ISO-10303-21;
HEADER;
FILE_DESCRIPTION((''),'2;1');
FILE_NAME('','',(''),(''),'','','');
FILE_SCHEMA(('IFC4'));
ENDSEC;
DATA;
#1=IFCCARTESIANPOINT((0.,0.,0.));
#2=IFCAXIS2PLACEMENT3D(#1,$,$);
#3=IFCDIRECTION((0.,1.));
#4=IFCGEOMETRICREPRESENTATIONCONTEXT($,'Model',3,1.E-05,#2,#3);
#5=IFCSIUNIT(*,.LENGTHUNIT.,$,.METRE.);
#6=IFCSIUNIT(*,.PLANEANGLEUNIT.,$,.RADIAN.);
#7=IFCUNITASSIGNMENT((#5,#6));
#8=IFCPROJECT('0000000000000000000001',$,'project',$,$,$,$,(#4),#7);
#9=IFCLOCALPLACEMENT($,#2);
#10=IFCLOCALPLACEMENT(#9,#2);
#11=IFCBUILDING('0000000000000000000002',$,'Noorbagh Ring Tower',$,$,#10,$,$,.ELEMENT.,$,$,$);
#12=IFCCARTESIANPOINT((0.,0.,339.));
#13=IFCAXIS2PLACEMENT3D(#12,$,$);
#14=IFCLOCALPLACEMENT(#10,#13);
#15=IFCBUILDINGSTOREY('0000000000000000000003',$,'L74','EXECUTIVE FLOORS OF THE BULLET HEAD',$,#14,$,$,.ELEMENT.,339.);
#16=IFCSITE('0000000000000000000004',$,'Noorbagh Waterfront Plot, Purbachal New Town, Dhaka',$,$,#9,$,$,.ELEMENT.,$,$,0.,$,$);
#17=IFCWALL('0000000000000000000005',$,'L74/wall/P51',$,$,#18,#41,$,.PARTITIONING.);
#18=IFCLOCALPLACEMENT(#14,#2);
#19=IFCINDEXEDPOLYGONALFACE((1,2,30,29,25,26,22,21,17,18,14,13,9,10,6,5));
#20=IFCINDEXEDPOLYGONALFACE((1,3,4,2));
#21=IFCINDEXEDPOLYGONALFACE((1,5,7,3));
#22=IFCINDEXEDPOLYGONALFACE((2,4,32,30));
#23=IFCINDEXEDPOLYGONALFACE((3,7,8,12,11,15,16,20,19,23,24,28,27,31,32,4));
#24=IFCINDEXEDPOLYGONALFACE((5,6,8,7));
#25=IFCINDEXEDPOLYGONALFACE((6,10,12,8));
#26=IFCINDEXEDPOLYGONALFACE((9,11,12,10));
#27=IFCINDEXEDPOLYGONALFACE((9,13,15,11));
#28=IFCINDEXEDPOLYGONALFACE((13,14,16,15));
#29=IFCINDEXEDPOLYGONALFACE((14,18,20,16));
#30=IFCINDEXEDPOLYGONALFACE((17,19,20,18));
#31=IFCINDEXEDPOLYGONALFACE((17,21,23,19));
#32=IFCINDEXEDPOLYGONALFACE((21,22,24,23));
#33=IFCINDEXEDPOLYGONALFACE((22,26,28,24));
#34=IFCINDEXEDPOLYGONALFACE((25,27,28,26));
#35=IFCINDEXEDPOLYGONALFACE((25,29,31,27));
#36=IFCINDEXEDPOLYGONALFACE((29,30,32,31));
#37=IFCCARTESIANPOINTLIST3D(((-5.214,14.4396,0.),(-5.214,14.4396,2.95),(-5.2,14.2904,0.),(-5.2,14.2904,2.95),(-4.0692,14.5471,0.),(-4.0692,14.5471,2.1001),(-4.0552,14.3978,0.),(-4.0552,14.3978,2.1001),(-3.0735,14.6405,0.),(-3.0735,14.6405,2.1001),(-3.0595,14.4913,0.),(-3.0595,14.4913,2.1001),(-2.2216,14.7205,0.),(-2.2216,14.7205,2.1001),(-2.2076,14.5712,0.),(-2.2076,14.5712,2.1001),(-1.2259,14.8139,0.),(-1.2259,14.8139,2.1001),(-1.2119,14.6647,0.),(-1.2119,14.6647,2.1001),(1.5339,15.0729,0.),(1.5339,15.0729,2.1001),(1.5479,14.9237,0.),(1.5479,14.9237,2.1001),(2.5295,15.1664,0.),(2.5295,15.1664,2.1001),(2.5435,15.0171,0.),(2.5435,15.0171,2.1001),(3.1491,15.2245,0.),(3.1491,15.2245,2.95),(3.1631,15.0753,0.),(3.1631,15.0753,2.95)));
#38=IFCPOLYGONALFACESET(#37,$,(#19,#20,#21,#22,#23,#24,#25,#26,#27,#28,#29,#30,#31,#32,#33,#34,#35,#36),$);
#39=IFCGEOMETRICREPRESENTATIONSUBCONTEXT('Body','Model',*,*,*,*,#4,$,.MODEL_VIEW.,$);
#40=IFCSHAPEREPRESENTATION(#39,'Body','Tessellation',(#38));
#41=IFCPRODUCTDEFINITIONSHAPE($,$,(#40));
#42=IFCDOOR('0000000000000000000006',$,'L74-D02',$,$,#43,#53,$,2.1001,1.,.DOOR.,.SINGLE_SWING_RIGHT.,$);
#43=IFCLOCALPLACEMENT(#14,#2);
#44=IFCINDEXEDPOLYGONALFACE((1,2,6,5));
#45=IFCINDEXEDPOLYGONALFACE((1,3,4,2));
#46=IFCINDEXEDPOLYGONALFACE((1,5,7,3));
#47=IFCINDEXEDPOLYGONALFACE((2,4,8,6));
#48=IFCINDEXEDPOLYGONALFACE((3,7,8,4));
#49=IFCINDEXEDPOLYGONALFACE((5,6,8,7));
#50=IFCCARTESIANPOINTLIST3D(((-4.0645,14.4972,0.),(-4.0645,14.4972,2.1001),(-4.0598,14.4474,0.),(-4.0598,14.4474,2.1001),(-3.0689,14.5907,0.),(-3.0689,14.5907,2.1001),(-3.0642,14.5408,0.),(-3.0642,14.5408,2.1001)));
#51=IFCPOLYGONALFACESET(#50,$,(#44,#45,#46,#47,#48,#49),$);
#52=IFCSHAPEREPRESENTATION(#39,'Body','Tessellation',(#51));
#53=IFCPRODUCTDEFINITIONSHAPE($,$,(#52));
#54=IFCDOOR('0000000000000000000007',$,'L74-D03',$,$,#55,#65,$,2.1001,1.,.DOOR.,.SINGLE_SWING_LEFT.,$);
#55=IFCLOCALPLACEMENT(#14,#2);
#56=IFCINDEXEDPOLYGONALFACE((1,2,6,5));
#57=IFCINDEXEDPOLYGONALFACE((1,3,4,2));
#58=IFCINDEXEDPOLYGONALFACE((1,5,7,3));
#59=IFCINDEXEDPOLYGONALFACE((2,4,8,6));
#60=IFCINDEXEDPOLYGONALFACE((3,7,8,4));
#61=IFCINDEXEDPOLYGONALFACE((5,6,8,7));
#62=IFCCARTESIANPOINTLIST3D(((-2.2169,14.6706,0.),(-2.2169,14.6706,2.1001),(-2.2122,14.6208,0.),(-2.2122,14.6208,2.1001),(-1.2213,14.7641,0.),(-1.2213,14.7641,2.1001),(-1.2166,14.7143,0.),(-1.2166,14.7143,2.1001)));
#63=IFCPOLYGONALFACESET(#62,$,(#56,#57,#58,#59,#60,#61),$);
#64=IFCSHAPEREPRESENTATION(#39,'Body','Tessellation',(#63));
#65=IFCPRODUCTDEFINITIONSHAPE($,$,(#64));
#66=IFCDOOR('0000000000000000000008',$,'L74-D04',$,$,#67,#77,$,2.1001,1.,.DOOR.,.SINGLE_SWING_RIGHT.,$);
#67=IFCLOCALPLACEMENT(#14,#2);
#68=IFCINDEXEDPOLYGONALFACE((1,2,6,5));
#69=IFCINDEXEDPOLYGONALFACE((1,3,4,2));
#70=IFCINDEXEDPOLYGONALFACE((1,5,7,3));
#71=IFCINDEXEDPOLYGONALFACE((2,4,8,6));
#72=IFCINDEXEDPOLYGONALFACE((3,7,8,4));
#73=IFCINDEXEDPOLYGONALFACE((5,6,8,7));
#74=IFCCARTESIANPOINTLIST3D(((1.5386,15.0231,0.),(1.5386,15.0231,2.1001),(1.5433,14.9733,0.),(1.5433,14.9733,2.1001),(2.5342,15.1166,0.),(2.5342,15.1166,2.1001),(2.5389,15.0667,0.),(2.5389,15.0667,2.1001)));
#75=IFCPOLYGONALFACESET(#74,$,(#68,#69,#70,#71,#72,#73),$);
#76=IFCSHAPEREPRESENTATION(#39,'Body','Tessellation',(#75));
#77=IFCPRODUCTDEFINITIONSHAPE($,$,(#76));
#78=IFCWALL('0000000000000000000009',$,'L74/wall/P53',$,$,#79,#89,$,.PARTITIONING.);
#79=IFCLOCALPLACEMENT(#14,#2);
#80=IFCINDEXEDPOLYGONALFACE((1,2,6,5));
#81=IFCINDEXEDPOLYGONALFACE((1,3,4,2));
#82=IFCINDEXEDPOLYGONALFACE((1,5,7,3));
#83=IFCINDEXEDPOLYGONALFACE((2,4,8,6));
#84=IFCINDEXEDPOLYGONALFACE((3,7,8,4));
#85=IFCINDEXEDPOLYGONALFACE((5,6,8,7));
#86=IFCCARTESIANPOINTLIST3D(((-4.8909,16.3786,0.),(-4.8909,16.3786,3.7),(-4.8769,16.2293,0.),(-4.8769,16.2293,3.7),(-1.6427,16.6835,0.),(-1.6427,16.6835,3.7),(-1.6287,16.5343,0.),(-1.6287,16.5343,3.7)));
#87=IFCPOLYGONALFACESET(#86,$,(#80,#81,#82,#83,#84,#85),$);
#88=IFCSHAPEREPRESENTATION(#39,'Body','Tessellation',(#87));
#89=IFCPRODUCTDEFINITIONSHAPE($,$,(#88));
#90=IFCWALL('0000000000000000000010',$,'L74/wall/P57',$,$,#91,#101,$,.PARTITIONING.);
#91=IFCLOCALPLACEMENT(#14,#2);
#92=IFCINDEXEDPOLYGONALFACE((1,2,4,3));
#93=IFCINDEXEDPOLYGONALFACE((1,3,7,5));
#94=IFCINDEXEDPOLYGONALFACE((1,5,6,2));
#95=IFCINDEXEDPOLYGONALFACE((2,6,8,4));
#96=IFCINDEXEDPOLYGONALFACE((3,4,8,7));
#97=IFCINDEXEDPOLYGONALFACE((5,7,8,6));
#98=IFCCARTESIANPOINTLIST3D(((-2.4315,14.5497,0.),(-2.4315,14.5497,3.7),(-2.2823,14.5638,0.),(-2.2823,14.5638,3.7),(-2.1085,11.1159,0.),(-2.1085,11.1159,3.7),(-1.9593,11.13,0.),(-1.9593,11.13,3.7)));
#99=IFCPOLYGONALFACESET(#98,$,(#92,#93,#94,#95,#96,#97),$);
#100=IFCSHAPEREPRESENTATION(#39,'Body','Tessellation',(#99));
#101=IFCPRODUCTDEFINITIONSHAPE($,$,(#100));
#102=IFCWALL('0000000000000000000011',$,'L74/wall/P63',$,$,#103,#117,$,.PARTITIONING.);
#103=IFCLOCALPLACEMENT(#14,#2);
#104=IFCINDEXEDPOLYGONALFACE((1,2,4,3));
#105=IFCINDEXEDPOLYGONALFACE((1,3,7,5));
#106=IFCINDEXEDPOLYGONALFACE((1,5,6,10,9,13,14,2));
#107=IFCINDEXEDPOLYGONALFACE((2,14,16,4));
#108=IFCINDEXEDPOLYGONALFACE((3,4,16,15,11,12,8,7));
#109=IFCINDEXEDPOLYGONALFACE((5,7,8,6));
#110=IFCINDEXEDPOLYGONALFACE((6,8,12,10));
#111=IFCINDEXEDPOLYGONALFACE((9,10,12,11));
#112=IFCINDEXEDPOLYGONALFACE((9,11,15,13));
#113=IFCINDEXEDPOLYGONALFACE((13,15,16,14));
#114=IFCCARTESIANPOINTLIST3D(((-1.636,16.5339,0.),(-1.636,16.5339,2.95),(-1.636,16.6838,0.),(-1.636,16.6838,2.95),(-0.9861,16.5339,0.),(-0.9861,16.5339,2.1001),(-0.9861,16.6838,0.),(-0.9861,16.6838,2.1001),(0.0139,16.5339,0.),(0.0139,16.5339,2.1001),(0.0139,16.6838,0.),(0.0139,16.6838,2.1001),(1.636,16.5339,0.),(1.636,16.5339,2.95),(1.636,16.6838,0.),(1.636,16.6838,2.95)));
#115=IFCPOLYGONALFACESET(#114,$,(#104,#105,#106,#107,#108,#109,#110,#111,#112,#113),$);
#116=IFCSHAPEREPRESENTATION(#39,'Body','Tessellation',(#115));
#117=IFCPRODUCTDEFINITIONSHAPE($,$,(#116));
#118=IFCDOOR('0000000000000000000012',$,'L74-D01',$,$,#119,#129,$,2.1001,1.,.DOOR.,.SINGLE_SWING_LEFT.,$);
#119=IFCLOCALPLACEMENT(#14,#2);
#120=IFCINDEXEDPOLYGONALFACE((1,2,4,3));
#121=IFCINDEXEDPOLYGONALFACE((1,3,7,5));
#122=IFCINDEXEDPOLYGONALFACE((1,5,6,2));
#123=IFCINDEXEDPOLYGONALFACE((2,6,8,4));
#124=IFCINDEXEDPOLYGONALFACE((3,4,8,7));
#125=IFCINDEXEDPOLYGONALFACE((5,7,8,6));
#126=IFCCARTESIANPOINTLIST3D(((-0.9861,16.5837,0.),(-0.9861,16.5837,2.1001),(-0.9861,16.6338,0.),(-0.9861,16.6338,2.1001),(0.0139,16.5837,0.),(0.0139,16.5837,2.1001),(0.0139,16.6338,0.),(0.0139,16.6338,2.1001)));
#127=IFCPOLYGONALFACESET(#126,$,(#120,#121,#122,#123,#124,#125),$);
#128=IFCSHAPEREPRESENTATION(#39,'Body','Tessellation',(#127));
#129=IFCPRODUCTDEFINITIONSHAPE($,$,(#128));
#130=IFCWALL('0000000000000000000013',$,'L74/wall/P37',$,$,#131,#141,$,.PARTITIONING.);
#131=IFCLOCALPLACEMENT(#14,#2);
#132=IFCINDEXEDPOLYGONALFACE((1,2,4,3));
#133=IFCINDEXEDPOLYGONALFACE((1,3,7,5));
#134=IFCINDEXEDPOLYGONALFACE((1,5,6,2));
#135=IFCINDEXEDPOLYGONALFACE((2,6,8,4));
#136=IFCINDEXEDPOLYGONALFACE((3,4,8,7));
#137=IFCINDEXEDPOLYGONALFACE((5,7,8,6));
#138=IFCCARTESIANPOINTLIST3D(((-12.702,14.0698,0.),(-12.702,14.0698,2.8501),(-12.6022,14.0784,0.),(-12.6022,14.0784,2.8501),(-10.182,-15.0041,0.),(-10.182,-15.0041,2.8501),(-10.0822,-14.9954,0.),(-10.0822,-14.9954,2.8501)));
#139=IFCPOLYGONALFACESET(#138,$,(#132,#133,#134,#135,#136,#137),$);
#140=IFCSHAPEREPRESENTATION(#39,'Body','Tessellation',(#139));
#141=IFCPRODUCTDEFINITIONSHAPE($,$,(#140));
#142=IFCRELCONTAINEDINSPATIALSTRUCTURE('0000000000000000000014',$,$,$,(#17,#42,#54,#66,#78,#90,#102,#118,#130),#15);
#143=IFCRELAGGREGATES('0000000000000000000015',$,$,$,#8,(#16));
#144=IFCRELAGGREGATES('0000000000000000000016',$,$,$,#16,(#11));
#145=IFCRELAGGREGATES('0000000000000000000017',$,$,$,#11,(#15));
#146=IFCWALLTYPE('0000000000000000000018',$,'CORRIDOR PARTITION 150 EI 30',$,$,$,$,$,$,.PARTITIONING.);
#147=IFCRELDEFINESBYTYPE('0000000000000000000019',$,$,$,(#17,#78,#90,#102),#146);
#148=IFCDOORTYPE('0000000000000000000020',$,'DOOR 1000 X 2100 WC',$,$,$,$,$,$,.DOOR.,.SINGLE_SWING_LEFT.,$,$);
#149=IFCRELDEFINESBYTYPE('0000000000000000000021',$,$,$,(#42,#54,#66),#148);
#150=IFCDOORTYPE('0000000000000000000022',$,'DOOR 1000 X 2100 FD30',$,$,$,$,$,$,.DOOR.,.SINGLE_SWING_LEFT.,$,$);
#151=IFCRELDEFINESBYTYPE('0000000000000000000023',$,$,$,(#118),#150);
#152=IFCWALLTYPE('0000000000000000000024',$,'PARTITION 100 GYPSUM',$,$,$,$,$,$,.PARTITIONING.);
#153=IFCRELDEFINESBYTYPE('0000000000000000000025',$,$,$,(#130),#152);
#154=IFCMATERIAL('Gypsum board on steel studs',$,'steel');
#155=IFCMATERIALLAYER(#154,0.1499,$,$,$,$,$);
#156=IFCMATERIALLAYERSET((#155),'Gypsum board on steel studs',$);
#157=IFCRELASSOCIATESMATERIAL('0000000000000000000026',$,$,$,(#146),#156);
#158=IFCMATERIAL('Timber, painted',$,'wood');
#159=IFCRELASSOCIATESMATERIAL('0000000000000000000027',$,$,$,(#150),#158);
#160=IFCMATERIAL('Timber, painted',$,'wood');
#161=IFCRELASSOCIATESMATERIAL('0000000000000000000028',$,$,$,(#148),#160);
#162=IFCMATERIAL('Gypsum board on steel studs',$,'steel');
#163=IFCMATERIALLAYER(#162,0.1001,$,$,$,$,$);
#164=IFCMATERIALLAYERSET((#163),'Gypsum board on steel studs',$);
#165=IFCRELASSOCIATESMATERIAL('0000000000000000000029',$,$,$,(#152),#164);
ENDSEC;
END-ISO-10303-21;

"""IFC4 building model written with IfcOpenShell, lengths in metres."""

from ifc_helpers import new_model, si_unit, direction, frame, frame_2d, origin, place, context, subcontext, project, spatial, rectangle, extrude, material, layer, layer_set, type_object, element, fill, save


model = new_model("IFC4")

# Units and contexts
model_context = context("Model", 3, precision=1e-05, world=origin(), true_north=direction((0.0, 1.0)))
body_context = subcontext(model_context, "Body", "Model", "MODEL_VIEW")
ifc_project = project(units=[si_unit("LENGTHUNIT", "METRE"), si_unit("PLANEANGLEUNIT", "RADIAN")], contexts=[model_context])

# Site, building, storey
site_placement = place(None, origin())
site = spatial("IfcSite", under=ifc_project, at=site_placement, Name="Noorbagh Waterfront Plot, Purbachal New Town, Dhaka", CompositionType="ELEMENT", RefElevation=0.0)
building_placement = place(site_placement, origin())
building = spatial("IfcBuilding", under=site, at=building_placement, Name="Noorbagh Ring Tower", CompositionType="ELEMENT")
storey_placement = place(building_placement, frame((0.0, 0.0, 339.0)))
storey = spatial("IfcBuildingStorey", under=building, at=storey_placement, Name="L74", Description="EXECUTIVE FLOORS OF THE BULLET HEAD", CompositionType="ELEMENT", Elevation=339.0)

# Shared definitions
ifc_material_1 = material(Name="Gypsum board on steel studs", Category="steel")
ifc_layer_1 = layer(ifc_material_1, 0.1499)
ifc_layer_set_1 = layer_set([ifc_layer_1], Name="Gypsum board on steel studs")
wall_type_1 = type_object("IfcWallType", Name="CORRIDOR PARTITION 150 EI 30", PredefinedType="PARTITIONING", material=ifc_layer_set_1)
ifc_material_2 = material(Name="Timber, painted", Category="wood")
door_type_1 = type_object("IfcDoorType", Name="DOOR 1000 X 2100 FD30", OperationType="SINGLE_SWING_LEFT", PredefinedType="DOOR", material=ifc_material_2)

# Wall, openings, doors
wall_1_placement = place(storey_placement, frame((-5.207, 14.365, 0.0), z_axis=(0.0, 0.0, 1.0), x_axis=(0.995625, 0.093444, 0.0)))
wall_1 = element("IfcWall", 1, at=wall_1_placement, inside=storey, type_object=wall_type_1, Name="L74/wall/P51", PredefinedType="PARTITIONING", context=body_context, shape_type="SweptSolid", body=[
    extrude(rectangle(XDim=8.3999, YDim=0.1499, at=frame_2d((4.2, 0.0))), origin(), (0.0, 0.0, 1.0), 2.95),
])
opening_1_placement = place(wall_1_placement, frame((1.1499, 0.0, 0.0)))
opening_1 = element("IfcOpeningElement", 2, at=opening_1_placement, cuts=wall_1, PredefinedType="OPENING", context=body_context, shape_type="SweptSolid", body=[
    extrude(rectangle(XDim=1.0, YDim=2.1001, at=frame_2d((0.5, 1.05))), frame((0.0, 0.085, 0.0), z_axis=(0.0, -1.0, 0.0), x_axis=(1.0, 0.0, 0.0)), (0.0, 0.0, 1.0), 0.1699),
])
opening_2_placement = place(wall_1_placement, frame((3.0056, 0.0, 0.0)))
opening_2 = element("IfcOpeningElement", 3, at=opening_2_placement, cuts=wall_1, PredefinedType="OPENING", context=body_context, shape_type="SweptSolid", body=[
    extrude(rectangle(XDim=1.0, YDim=2.1001, at=frame_2d((0.5, 1.05))), frame((0.0, 0.085, 0.0), z_axis=(0.0, -1.0, 0.0), x_axis=(1.0, 0.0, 0.0)), (0.0, 0.0, 1.0), 0.1699),
])
opening_3_placement = place(wall_1_placement, frame((6.7776, 0.0, 0.0)))
opening_3 = element("IfcOpeningElement", 4, at=opening_3_placement, cuts=wall_1, PredefinedType="OPENING", context=body_context, shape_type="SweptSolid", body=[
    extrude(rectangle(XDim=1.0, YDim=2.1001, at=frame_2d((0.5, 1.05))), frame((0.0, 0.085, 0.0), z_axis=(0.0, -1.0, 0.0), x_axis=(1.0, 0.0, 0.0)), (0.0, 0.0, 1.0), 0.1699),
])
ifc_material_3 = material(Name="Timber, painted", Category="wood")
door_type_2 = type_object("IfcDoorType", Name="DOOR 1000 X 2100 WC", OperationType="SINGLE_SWING_LEFT", PredefinedType="DOOR", material=ifc_material_3)
door_1_placement = place(opening_1_placement, origin())
door_1 = element("IfcDoor", 5, at=door_1_placement, inside=storey, type_object=door_type_2, Name="L74-D02", OperationType="SINGLE_SWING_RIGHT", OverallHeight=2.1001, OverallWidth=1.0, PredefinedType="DOOR", context=body_context, shape_type="SweptSolid", body=[
    extrude(rectangle(XDim=1.0, YDim=2.1001, at=frame_2d((0.5, 1.05))), frame((0.0, 0.0249, 0.0), z_axis=(0.0, -1.0, 0.0), x_axis=(1.0, 0.0, 0.0)), (0.0, 0.0, 1.0), 0.05),
])
fill(opening_1, door_1)
door_2_placement = place(opening_2_placement, origin())
door_2 = element("IfcDoor", 6, at=door_2_placement, inside=storey, type_object=door_type_2, Name="L74-D03", OperationType="SINGLE_SWING_LEFT", OverallHeight=2.1001, OverallWidth=1.0, PredefinedType="DOOR", context=body_context, shape_type="SweptSolid", body=[
    extrude(rectangle(XDim=1.0, YDim=2.1001, at=frame_2d((0.5, 1.05))), frame((0.0, 0.0249, 0.0), z_axis=(0.0, -1.0, 0.0), x_axis=(1.0, 0.0, 0.0)), (0.0, 0.0, 1.0), 0.05),
])
fill(opening_2, door_2)
door_3_placement = place(opening_3_placement, origin())
door_3 = element("IfcDoor", 7, at=door_3_placement, inside=storey, type_object=door_type_2, Name="L74-D04", OperationType="SINGLE_SWING_RIGHT", OverallHeight=2.1001, OverallWidth=1.0, PredefinedType="DOOR", context=body_context, shape_type="SweptSolid", body=[
    extrude(rectangle(XDim=1.0, YDim=2.1001, at=frame_2d((0.5, 1.05))), frame((0.0, 0.0249, 0.0), z_axis=(0.0, -1.0, 0.0), x_axis=(1.0, 0.0, 0.0)), (0.0, 0.0, 1.0), 0.05),
])
fill(opening_3, door_3)

# Walls
wall_2_placement = place(storey_placement, frame((-4.884, 16.304, 0.0), z_axis=(0.0, 0.0, 1.0), x_axis=(0.995622, 0.093471, 0.0)))
element("IfcWall", 8, at=wall_2_placement, inside=storey, type_object=wall_type_1, Name="L74/wall/P53", PredefinedType="PARTITIONING", context=body_context, shape_type="SweptSolid", body=[
    extrude(rectangle(XDim=3.2625, YDim=0.1499, at=frame_2d((1.6313, 0.0))), origin(), (0.0, 0.0, 1.0), 3.7),
])
wall_3_placement = place(storey_placement, frame((-2.3569, 14.5569, 0.0), z_axis=(0.0, 0.0, 1.0), x_axis=(0.09365, -0.995605, 0.0)))
element("IfcWall", 9, at=wall_3_placement, inside=storey, type_object=wall_type_1, Name="L74/wall/P57", PredefinedType="PARTITIONING", context=body_context, shape_type="SweptSolid", body=[
    extrude(rectangle(XDim=3.449, YDim=0.1499, at=frame_2d((1.7246, 0.0))), origin(), (0.0, 0.0, 1.0), 3.7),
])

# Wall, opening, door
wall_4_placement = place(storey_placement, frame((-1.636, 16.6089, 0.0), z_axis=(0.0, 0.0, 1.0), x_axis=(1.0, 0.0, 0.0)))
wall_4 = element("IfcWall", 10, at=wall_4_placement, inside=storey, type_object=wall_type_1, Name="L74/wall/P63", PredefinedType="PARTITIONING", context=body_context, shape_type="SweptSolid", body=[
    extrude(rectangle(XDim=3.272, YDim=0.1499, at=frame_2d((1.636, 0.0))), origin(), (0.0, 0.0, 1.0), 2.95),
])
opening_4_placement = place(wall_4_placement, frame((0.6499, 0.0, 0.0)))
opening_4 = element("IfcOpeningElement", 11, at=opening_4_placement, cuts=wall_4, PredefinedType="OPENING", context=body_context, shape_type="SweptSolid", body=[
    extrude(rectangle(XDim=1.0, YDim=2.1001, at=frame_2d((0.5, 1.05))), frame((0.0, 0.085, 0.0), z_axis=(0.0, -1.0, 0.0), x_axis=(1.0, 0.0, 0.0)), (0.0, 0.0, 1.0), 0.1699),
])
door_4_placement = place(opening_4_placement, origin())
door_4 = element("IfcDoor", 12, at=door_4_placement, inside=storey, type_object=door_type_1, Name="L74-D01", OperationType="SINGLE_SWING_LEFT", OverallHeight=2.1001, OverallWidth=1.0, PredefinedType="DOOR", context=body_context, shape_type="SweptSolid", body=[
    extrude(rectangle(XDim=1.0, YDim=2.1001, at=frame_2d((0.5, 1.05))), frame((0.0, 0.0249, 0.0), z_axis=(0.0, -1.0, 0.0), x_axis=(1.0, 0.0, 0.0)), (0.0, 0.0, 1.0), 0.05),
])
fill(opening_4, door_4)

# Wall
ifc_material_4 = material(Name="Gypsum board on steel studs", Category="steel")
ifc_layer_2 = layer(ifc_material_4, 0.1001)
ifc_layer_set_2 = layer_set([ifc_layer_2], Name="Gypsum board on steel studs")
wall_type_2 = type_object("IfcWallType", Name="PARTITION 100 GYPSUM", PredefinedType="PARTITIONING", material=ifc_layer_set_2)
wall_5_placement = place(storey_placement, frame((-12.6521, 14.074, 0.0), z_axis=(0.0, 0.0, 1.0), x_axis=(0.086352, -0.996265, 0.0)))
element("IfcWall", 13, at=wall_5_placement, inside=storey, type_object=wall_type_2, Name="L74/wall/P37", PredefinedType="PARTITIONING", context=body_context, shape_type="SweptSolid", body=[
    extrude(rectangle(XDim=29.1829, YDim=0.1001, at=frame_2d((14.5913, 0.0))), origin(), (0.0, 0.0, 1.0), 2.8501),
])

save(model, "model.ifc")
